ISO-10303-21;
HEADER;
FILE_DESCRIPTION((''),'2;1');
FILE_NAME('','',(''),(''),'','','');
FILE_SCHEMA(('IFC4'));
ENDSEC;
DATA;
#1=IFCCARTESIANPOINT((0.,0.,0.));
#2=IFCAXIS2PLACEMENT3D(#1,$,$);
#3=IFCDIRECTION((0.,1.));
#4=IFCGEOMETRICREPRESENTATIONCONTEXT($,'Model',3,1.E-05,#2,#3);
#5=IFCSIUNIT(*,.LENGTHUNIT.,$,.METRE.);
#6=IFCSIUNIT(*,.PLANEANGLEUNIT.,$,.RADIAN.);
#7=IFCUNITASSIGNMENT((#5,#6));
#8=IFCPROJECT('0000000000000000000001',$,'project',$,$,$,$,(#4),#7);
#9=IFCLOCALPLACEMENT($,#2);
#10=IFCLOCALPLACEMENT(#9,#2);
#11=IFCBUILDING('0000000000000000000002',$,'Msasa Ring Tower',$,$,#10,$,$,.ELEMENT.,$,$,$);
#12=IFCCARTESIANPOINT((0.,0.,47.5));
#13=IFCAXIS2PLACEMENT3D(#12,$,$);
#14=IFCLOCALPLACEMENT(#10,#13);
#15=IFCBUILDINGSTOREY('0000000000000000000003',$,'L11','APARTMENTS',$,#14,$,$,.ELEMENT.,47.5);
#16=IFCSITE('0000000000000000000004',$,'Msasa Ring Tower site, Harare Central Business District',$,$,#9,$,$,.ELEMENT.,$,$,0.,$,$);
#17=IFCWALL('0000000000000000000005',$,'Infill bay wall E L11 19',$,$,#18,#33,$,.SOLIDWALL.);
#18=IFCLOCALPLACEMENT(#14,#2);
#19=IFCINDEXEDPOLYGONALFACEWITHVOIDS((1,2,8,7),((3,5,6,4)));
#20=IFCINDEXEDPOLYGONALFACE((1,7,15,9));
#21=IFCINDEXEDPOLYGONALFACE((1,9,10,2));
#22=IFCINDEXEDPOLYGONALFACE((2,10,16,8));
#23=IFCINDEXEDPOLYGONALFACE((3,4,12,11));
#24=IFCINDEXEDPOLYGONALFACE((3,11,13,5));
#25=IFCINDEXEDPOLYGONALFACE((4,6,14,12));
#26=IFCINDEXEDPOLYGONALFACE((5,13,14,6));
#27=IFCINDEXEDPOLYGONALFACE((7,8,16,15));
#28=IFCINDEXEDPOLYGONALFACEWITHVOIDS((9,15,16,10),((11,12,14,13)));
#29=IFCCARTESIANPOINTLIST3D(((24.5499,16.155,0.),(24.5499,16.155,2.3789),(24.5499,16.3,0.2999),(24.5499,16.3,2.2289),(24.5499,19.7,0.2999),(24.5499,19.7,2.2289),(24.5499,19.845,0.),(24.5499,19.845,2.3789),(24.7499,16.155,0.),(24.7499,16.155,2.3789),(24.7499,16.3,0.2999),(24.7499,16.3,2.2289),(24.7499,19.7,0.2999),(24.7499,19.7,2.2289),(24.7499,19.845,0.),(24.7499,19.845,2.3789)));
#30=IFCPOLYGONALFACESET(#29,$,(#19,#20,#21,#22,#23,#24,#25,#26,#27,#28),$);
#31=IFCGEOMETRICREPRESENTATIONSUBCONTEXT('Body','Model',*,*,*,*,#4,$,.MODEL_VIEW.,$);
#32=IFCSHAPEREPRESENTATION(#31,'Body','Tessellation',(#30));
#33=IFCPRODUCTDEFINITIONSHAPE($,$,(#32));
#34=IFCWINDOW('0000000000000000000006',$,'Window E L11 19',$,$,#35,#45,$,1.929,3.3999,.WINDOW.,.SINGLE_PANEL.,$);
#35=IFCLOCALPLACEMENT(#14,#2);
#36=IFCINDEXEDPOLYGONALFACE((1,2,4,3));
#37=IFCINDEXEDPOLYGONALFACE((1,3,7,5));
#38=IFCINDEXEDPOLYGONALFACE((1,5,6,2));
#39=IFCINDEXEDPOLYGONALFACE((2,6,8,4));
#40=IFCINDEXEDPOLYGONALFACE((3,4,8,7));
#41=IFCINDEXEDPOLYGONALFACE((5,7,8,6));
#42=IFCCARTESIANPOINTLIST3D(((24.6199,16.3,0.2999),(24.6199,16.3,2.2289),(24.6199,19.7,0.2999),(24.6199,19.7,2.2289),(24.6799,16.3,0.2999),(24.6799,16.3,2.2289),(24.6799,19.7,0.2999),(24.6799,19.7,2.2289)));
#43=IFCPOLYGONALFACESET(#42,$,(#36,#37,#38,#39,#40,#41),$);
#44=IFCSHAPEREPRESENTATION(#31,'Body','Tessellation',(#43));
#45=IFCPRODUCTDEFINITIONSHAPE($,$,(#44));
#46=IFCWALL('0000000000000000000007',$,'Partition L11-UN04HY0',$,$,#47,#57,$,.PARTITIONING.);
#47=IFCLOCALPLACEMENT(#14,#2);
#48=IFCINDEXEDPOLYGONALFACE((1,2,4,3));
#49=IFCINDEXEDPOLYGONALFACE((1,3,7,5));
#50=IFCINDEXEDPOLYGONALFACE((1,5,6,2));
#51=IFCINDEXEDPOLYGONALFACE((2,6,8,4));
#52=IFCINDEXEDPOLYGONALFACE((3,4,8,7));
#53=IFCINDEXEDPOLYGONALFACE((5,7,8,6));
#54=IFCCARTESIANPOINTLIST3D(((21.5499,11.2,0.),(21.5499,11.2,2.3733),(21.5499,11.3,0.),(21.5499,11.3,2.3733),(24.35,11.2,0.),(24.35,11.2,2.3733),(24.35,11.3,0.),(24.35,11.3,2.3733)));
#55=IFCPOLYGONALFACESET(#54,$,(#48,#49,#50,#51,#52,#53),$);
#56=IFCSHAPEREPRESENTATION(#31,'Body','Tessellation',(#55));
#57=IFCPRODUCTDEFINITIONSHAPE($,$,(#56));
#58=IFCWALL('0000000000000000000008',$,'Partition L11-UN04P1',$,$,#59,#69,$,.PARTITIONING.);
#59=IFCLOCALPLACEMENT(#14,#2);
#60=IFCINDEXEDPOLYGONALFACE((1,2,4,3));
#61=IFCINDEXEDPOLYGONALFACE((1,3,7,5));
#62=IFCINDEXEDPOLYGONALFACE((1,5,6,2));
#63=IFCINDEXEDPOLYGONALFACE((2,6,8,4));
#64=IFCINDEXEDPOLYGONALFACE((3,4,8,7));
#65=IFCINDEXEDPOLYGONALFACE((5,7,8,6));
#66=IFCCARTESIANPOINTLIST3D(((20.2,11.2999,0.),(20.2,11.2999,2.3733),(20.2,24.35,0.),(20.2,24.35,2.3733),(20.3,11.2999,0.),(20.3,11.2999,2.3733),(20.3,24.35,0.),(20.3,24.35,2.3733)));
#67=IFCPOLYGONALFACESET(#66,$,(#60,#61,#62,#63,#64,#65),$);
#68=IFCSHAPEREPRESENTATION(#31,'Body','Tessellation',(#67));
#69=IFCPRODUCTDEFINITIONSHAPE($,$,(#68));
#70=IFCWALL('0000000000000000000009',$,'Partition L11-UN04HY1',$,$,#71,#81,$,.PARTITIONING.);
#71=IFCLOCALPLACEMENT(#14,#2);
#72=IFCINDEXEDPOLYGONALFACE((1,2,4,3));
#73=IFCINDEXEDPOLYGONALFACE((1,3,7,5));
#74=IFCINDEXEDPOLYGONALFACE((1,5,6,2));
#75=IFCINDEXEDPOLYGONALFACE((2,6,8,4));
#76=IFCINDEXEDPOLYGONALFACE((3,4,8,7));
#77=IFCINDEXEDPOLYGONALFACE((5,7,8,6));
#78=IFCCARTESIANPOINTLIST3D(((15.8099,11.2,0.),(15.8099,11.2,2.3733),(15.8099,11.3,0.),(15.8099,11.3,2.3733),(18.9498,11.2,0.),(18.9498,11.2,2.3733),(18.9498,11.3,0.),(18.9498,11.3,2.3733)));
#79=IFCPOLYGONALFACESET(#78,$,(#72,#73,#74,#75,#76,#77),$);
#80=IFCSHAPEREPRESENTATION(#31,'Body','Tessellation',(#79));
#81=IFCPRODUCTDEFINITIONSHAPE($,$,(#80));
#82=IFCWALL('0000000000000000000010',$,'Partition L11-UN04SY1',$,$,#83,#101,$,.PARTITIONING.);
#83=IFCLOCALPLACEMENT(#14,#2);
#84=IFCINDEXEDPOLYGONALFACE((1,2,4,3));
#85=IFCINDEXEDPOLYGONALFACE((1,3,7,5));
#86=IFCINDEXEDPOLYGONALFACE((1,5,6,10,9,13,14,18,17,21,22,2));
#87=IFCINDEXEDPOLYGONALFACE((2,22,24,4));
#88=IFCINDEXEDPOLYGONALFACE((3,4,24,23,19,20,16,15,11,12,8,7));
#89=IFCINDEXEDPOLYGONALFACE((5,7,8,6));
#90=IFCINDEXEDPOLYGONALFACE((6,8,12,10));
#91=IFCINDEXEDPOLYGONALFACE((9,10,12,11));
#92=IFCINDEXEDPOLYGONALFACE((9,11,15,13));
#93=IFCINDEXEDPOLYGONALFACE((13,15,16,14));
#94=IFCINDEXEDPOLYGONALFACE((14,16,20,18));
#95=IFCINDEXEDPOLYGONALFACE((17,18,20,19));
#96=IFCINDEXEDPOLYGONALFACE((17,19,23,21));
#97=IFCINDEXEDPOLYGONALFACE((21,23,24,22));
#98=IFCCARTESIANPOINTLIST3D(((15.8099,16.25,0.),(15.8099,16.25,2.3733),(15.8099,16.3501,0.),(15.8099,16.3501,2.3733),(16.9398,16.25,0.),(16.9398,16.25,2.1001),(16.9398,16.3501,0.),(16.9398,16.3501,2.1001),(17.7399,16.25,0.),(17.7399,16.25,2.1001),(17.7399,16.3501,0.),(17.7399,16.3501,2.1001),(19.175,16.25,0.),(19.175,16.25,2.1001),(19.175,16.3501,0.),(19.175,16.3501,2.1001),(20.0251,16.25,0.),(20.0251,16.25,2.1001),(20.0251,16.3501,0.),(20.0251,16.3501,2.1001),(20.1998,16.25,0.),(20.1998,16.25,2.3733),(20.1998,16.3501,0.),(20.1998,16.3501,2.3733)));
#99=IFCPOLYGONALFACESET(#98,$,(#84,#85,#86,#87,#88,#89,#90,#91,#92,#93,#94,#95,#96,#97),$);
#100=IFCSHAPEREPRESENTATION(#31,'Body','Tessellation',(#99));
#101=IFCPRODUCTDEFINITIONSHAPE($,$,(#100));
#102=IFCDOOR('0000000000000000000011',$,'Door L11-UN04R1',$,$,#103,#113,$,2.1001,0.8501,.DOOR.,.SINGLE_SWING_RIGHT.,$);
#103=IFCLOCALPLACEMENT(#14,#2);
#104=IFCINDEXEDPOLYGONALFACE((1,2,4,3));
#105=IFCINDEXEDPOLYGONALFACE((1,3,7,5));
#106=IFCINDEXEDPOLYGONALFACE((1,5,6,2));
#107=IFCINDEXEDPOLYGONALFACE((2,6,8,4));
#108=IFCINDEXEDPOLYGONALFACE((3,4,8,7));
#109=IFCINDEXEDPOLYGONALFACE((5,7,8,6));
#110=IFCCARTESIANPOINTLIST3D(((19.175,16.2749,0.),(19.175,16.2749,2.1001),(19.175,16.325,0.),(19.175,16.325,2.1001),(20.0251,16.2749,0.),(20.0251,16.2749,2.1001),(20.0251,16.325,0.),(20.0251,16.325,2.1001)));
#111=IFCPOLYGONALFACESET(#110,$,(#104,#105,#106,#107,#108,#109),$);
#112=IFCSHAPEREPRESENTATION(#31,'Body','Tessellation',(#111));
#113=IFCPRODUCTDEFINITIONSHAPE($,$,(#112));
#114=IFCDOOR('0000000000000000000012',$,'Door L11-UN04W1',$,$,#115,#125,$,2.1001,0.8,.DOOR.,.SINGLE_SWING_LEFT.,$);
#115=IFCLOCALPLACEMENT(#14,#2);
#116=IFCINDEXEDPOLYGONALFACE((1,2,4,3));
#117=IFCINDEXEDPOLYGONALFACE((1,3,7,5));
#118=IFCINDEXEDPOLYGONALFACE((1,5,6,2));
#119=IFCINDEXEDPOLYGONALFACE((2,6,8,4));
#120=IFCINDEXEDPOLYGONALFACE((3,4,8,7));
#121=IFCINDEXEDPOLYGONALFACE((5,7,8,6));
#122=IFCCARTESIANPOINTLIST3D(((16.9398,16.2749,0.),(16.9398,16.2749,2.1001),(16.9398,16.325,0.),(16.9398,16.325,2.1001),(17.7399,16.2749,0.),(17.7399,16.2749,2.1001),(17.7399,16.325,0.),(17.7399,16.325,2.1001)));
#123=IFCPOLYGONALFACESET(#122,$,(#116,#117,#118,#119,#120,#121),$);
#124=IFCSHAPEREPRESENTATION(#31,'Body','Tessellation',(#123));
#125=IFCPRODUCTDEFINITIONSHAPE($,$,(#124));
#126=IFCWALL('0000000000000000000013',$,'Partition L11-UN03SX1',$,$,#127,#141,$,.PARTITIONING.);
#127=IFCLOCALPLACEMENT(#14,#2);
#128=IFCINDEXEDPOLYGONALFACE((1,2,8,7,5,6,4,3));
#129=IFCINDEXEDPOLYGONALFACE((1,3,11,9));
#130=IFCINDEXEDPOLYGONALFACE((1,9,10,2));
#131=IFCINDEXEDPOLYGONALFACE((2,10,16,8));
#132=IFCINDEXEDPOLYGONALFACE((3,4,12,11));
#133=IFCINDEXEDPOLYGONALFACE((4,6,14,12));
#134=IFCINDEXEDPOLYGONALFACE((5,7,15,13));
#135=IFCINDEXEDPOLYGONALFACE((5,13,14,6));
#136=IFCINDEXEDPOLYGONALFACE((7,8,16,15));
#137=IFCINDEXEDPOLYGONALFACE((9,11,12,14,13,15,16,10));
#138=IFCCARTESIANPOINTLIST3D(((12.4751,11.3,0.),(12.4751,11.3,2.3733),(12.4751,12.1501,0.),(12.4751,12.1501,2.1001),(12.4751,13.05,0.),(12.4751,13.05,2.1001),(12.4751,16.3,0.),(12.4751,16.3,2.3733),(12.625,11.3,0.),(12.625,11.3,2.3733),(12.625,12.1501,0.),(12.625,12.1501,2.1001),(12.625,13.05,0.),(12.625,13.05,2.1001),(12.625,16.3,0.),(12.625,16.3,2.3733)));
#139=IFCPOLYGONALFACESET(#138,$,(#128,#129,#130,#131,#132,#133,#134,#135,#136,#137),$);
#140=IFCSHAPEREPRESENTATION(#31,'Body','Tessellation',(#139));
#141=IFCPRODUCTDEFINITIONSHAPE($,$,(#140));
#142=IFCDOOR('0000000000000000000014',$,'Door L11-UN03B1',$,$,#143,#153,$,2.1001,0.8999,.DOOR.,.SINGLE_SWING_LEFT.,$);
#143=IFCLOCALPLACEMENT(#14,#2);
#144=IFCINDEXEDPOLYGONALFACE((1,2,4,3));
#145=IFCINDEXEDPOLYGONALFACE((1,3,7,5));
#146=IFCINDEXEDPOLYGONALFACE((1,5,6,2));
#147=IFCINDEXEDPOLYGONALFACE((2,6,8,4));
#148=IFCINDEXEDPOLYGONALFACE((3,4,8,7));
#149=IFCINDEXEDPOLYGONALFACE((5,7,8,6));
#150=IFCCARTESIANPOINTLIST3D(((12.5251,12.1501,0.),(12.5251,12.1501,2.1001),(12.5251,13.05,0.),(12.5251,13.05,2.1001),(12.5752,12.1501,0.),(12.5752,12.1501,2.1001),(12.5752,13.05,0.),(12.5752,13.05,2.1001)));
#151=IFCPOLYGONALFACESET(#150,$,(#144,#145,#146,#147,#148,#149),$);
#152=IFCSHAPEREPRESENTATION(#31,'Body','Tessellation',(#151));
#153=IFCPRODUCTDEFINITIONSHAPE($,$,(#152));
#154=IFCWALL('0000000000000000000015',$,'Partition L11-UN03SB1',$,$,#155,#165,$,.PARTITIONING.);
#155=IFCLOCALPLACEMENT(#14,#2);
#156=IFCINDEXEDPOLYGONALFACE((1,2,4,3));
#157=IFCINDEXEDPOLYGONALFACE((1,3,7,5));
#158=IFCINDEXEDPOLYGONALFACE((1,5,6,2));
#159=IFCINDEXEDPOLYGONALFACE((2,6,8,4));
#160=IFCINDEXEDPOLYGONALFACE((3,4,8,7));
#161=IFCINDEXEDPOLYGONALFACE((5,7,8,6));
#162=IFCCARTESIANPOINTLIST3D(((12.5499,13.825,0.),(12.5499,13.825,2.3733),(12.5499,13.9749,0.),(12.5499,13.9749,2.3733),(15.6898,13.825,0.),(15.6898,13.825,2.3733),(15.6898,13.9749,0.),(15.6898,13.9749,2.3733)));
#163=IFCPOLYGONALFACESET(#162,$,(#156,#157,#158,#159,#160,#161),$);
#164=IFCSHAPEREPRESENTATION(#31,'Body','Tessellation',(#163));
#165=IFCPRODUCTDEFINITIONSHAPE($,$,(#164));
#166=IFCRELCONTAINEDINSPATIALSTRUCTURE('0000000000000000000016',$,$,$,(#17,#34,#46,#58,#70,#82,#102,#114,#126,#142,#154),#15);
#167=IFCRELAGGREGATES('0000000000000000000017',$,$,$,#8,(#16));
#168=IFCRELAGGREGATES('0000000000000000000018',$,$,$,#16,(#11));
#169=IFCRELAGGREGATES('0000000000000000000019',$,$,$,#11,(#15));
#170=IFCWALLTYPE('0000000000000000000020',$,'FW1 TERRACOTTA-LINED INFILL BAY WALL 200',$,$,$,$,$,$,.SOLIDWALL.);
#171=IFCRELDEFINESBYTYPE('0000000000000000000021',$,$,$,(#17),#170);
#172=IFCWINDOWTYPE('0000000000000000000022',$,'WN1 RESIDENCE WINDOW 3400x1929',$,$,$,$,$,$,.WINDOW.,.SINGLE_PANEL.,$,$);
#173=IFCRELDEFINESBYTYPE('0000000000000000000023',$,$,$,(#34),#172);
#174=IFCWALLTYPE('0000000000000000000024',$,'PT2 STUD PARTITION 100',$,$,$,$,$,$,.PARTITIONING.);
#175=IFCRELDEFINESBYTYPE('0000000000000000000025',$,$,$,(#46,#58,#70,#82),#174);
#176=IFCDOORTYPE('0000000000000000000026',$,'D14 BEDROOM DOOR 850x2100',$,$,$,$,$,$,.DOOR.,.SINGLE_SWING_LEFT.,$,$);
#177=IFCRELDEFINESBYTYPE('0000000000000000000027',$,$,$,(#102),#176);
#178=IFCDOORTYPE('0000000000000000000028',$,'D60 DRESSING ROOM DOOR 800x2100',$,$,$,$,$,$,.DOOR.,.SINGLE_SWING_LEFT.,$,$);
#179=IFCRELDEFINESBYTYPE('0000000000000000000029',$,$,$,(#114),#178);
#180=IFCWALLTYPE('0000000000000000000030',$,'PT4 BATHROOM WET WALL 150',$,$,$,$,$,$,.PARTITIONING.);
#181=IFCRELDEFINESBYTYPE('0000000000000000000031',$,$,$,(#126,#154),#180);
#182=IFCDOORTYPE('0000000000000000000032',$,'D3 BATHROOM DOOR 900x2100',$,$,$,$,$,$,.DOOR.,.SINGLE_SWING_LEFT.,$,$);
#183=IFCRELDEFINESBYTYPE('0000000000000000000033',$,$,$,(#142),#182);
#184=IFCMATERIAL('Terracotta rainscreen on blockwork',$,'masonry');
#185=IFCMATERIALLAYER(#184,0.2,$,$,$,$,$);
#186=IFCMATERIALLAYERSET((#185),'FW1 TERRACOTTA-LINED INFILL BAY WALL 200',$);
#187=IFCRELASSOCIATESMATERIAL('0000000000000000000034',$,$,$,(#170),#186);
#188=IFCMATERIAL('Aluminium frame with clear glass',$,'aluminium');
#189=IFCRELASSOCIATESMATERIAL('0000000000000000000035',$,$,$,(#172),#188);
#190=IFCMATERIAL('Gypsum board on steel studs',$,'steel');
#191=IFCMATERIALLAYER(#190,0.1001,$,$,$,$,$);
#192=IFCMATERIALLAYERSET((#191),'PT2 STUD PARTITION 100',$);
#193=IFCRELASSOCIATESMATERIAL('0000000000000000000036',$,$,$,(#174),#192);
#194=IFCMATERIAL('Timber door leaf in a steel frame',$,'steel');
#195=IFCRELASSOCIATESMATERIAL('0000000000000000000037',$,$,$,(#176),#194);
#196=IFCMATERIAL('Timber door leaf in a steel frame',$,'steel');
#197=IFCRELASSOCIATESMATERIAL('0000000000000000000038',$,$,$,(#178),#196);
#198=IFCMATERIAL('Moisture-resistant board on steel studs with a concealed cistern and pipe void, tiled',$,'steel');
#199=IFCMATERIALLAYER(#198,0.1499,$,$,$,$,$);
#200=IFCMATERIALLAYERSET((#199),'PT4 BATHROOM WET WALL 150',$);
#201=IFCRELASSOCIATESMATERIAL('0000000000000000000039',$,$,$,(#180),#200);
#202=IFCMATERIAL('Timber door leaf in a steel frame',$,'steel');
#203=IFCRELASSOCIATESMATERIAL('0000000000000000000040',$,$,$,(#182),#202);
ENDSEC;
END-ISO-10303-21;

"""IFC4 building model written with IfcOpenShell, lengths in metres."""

from ifc_helpers import new_model, si_unit, direction, frame, frame_2d, origin, place, context, subcontext, project, spatial, rectangle, extrude, material, layer, layer_set, type_object, element, fill, save


model = new_model("IFC4")

# Units and contexts
model_context = context("Model", 3, precision=1e-05, world=origin(), true_north=direction((0.0, 1.0)))
body_context = subcontext(model_context, "Body", "Model", "MODEL_VIEW")
ifc_project = project(units=[si_unit("LENGTHUNIT", "METRE"), si_unit("PLANEANGLEUNIT", "RADIAN")], contexts=[model_context])

# Site, building, storey
site_placement = place(None, origin())
site = spatial("IfcSite", under=ifc_project, at=site_placement, Name="Msasa Ring Tower site, Harare Central Business District", CompositionType="ELEMENT", RefElevation=0.0)
building_placement = place(site_placement, origin())
building = spatial("IfcBuilding", under=site, at=building_placement, Name="Msasa Ring Tower", CompositionType="ELEMENT")
storey_placement = place(building_placement, frame((0.0, 0.0, 47.5)))
storey = spatial("IfcBuildingStorey", under=building, at=storey_placement, Name="L11", Description="APARTMENTS", CompositionType="ELEMENT", Elevation=47.5)

# Wall, opening, window
ifc_material_1 = material(Name="Terracotta rainscreen on blockwork", Category="masonry")
ifc_layer_1 = layer(ifc_material_1, 0.2)
ifc_layer_set_1 = layer_set([ifc_layer_1], Name="FW1 TERRACOTTA-LINED INFILL BAY WALL 200")
wall_type_1 = type_object("IfcWallType", Name="FW1 TERRACOTTA-LINED INFILL BAY WALL 200", PredefinedType="SOLIDWALL", material=ifc_layer_set_1)
ifc_material_2 = material(Name="Aluminium frame with clear glass", Category="aluminium")
window_type = type_object("IfcWindowType", Name="WN1 RESIDENCE WINDOW 3400x1929", PartitioningType="SINGLE_PANEL", PredefinedType="WINDOW", material=ifc_material_2)
wall_1_placement = place(storey_placement, frame((24.6499, 16.155, 0.0), z_axis=(0.0, 0.0, 1.0), x_axis=(0.0, 1.0, 0.0)))
wall_1 = element("IfcWall", 1, at=wall_1_placement, inside=storey, type_object=wall_type_1, Name="Infill bay wall E L11 19", PredefinedType="SOLIDWALL", context=body_context, shape_type="SweptSolid", body=[
    extrude(rectangle(XDim=3.6899, YDim=0.2, at=frame_2d((1.845, 0.0))), origin(), (0.0, 0.0, 1.0), 2.3789),
])
opening_1_placement = place(wall_1_placement, frame((0.145, 0.0, 0.3)))
opening_1 = element("IfcOpeningElement", 2, at=opening_1_placement, cuts=wall_1, PredefinedType="OPENING", context=body_context, shape_type="SweptSolid", body=[
    extrude(rectangle(XDim=3.3999, YDim=1.929, at=frame_2d((1.7, 0.9644))), frame((0.0, 0.1099, 0.0), z_axis=(0.0, -1.0, 0.0), x_axis=(1.0, 0.0, 0.0)), (0.0, 0.0, 1.0), 0.22),
])
window_1_placement = place(opening_1_placement, origin())
window_1 = element("IfcWindow", 3, at=window_1_placement, inside=storey, type_object=window_type, Name="Window E L11 19", OverallHeight=1.929, OverallWidth=3.3999, PartitioningType="SINGLE_PANEL", PredefinedType="WINDOW", context=body_context, shape_type="SweptSolid", body=[
    extrude(rectangle(XDim=3.3999, YDim=1.929, at=frame_2d((1.7, 0.9644))), frame((0.0, 0.03, 0.0), z_axis=(0.0, -1.0, 0.0), x_axis=(1.0, 0.0, 0.0)), (0.0, 0.0, 1.0), 0.0601),
])
fill(opening_1, window_1)

# Walls
ifc_material_3 = material(Name="Gypsum board on steel studs", Category="steel")
ifc_layer_2 = layer(ifc_material_3, 0.1001)
ifc_layer_set_2 = layer_set([ifc_layer_2], Name="PT2 STUD PARTITION 100")
wall_type_2 = type_object("IfcWallType", Name="PT2 STUD PARTITION 100", PredefinedType="PARTITIONING", material=ifc_layer_set_2)
wall_2_placement = place(storey_placement, frame((21.55, 11.25, 0.0), z_axis=(0.0, 0.0, 1.0), x_axis=(1.0, 0.0, 0.0)))
element("IfcWall", 4, at=wall_2_placement, inside=storey, type_object=wall_type_2, Name="Partition L11-UN04HY0", PredefinedType="PARTITIONING", context=body_context, shape_type="SweptSolid", body=[
    extrude(rectangle(XDim=2.8, YDim=0.1001, at=frame_2d((1.3999, 0.0))), origin(), (0.0, 0.0, 1.0), 2.3733),
])
wall_3_placement = place(storey_placement, frame((20.25, 11.3, 0.0), z_axis=(0.0, 0.0, 1.0), x_axis=(0.0, 1.0, 0.0)))
element("IfcWall", 5, at=wall_3_placement, inside=storey, type_object=wall_type_2, Name="Partition L11-UN04P1", PredefinedType="PARTITIONING", context=body_context, shape_type="SweptSolid", body=[
    extrude(rectangle(XDim=13.05, YDim=0.1001, at=frame_2d((6.5249, 0.0))), origin(), (0.0, 0.0, 1.0), 2.3733),
])
wall_4_placement = place(storey_placement, frame((15.8101, 11.25, 0.0), z_axis=(0.0, 0.0, 1.0), x_axis=(1.0, 0.0, 0.0)))
element("IfcWall", 6, at=wall_4_placement, inside=storey, type_object=wall_type_2, Name="Partition L11-UN04HY1", PredefinedType="PARTITIONING", context=body_context, shape_type="SweptSolid", body=[
    extrude(rectangle(XDim=3.1399, YDim=0.1001, at=frame_2d((1.5698, 0.0))), origin(), (0.0, 0.0, 1.0), 2.3733),
])

# Wall, openings, doors
wall_5_placement = place(storey_placement, frame((15.8101, 16.3, 0.0), z_axis=(0.0, 0.0, 1.0), x_axis=(1.0, 0.0, 0.0)))
wall_5 = element("IfcWall", 7, at=wall_5_placement, inside=storey, type_object=wall_type_2, Name="Partition L11-UN04SY1", PredefinedType="PARTITIONING", context=body_context, shape_type="SweptSolid", body=[
    extrude(rectangle(XDim=4.3899, YDim=0.1001, at=frame_2d((2.1948, 0.0))), origin(), (0.0, 0.0, 1.0), 2.3733),
])
opening_2_placement = place(wall_5_placement, frame((3.365, 0.0, 0.0)))
opening_2 = element("IfcOpeningElement", 8, at=opening_2_placement, cuts=wall_5, PredefinedType="OPENING", context=body_context, shape_type="SweptSolid", body=[
    extrude(rectangle(XDim=0.8501, YDim=2.1001, at=frame_2d((0.425, 1.05))), frame((0.0, 0.0601, 0.0), z_axis=(0.0, -1.0, 0.0), x_axis=(1.0, 0.0, 0.0)), (0.0, 0.0, 1.0), 0.1201),
])
opening_3_placement = place(wall_5_placement, frame((1.1299, 0.0, 0.0)))
opening_3 = element("IfcOpeningElement", 9, at=opening_3_placement, cuts=wall_5, PredefinedType="OPENING", context=body_context, shape_type="SweptSolid", body=[
    extrude(rectangle(XDim=0.8, YDim=2.1001, at=frame_2d((0.3999, 1.05))), frame((0.0, 0.0601, 0.0), z_axis=(0.0, -1.0, 0.0), x_axis=(1.0, 0.0, 0.0)), (0.0, 0.0, 1.0), 0.1201),
])
ifc_material_4 = material(Name="Timber door leaf in a steel frame", Category="steel")
door_type_1 = type_object("IfcDoorType", Name="D14 BEDROOM DOOR 850x2100", OperationType="SINGLE_SWING_LEFT", PredefinedType="DOOR", material=ifc_material_4)
door_1_placement = place(opening_2_placement, origin())
door_1 = element("IfcDoor", 10, at=door_1_placement, inside=storey, type_object=door_type_1, Name="Door L11-UN04R1", OperationType="SINGLE_SWING_RIGHT", OverallHeight=2.1001, OverallWidth=0.8501, PredefinedType="DOOR", context=body_context, shape_type="SweptSolid", body=[
    extrude(rectangle(XDim=0.8501, YDim=2.1001, at=frame_2d((0.425, 1.05))), frame((0.0, 0.0249, 0.0), z_axis=(0.0, -1.0, 0.0), x_axis=(1.0, 0.0, 0.0)), (0.0, 0.0, 1.0), 0.05),
])
fill(opening_2, door_1)
ifc_material_5 = material(Name="Timber door leaf in a steel frame", Category="steel")
door_type_2 = type_object("IfcDoorType", Name="D60 DRESSING ROOM DOOR 800x2100", OperationType="SINGLE_SWING_LEFT", PredefinedType="DOOR", material=ifc_material_5)
door_2_placement = place(opening_3_placement, origin())
door_2 = element("IfcDoor", 11, at=door_2_placement, inside=storey, type_object=door_type_2, Name="Door L11-UN04W1", OperationType="SINGLE_SWING_LEFT", OverallHeight=2.1001, OverallWidth=0.8, PredefinedType="DOOR", context=body_context, shape_type="SweptSolid", body=[
    extrude(rectangle(XDim=0.8, YDim=2.1001, at=frame_2d((0.3999, 1.05))), frame((0.0, 0.0249, 0.0), z_axis=(0.0, -1.0, 0.0), x_axis=(1.0, 0.0, 0.0)), (0.0, 0.0, 1.0), 0.05),
])
fill(opening_3, door_2)

# Wall, opening, door
ifc_material_6 = material(Name="Moisture-resistant board on steel studs with a concealed cistern and pipe void, tiled", Category="steel")
ifc_layer_3 = layer(ifc_material_6, 0.1499)
ifc_layer_set_3 = layer_set([ifc_layer_3], Name="PT4 BATHROOM WET WALL 150")
wall_type_3 = type_object("IfcWallType", Name="PT4 BATHROOM WET WALL 150", PredefinedType="PARTITIONING", material=ifc_layer_set_3)
wall_6_placement = place(storey_placement, frame((12.55, 11.3, 0.0), z_axis=(0.0, 0.0, 1.0), x_axis=(0.0, 1.0, 0.0)))
wall_6 = element("IfcWall", 12, at=wall_6_placement, inside=storey, type_object=wall_type_3, Name="Partition L11-UN03SX1", PredefinedType="PARTITIONING", context=body_context, shape_type="SweptSolid", body=[
    extrude(rectangle(XDim=5.0, YDim=0.1499, at=frame_2d((2.5, 0.0))), origin(), (0.0, 0.0, 1.0), 2.3733),
])
opening_4_placement = place(wall_6_placement, frame((0.8501, 0.0, 0.0)))
opening_4 = element("IfcOpeningElement", 13, at=opening_4_placement, cuts=wall_6, PredefinedType="OPENING", context=body_context, shape_type="SweptSolid", body=[
    extrude(rectangle(XDim=0.8999, YDim=2.1001, at=frame_2d((0.45, 1.05))), frame((0.0, 0.085, 0.0), z_axis=(0.0, -1.0, 0.0), x_axis=(1.0, 0.0, 0.0)), (0.0, 0.0, 1.0), 0.1699),
])
ifc_material_7 = material(Name="Timber door leaf in a steel frame", Category="steel")
door_type_3 = type_object("IfcDoorType", Name="D3 BATHROOM DOOR 900x2100", OperationType="SINGLE_SWING_LEFT", PredefinedType="DOOR", material=ifc_material_7)
door_3_placement = place(opening_4_placement, origin())
door_3 = element("IfcDoor", 14, at=door_3_placement, inside=storey, type_object=door_type_3, Name="Door L11-UN03B1", OperationType="SINGLE_SWING_LEFT", OverallHeight=2.1001, OverallWidth=0.8999, PredefinedType="DOOR", context=body_context, shape_type="SweptSolid", body=[
    extrude(rectangle(XDim=0.8999, YDim=2.1001, at=frame_2d((0.45, 1.05))), frame((0.0, 0.0249, 0.0), z_axis=(0.0, -1.0, 0.0), x_axis=(1.0, 0.0, 0.0)), (0.0, 0.0, 1.0), 0.05),
])
fill(opening_4, door_3)

# Wall
wall_7_placement = place(storey_placement, frame((12.55, 13.8999, 0.0), z_axis=(0.0, 0.0, 1.0), x_axis=(1.0, 0.0, 0.0)))
element("IfcWall", 15, at=wall_7_placement, inside=storey, type_object=wall_type_3, Name="Partition L11-UN03SB1", PredefinedType="PARTITIONING", context=body_context, shape_type="SweptSolid", body=[
    extrude(rectangle(XDim=3.1399, YDim=0.1499, at=frame_2d((1.5698, 0.0))), origin(), (0.0, 0.0, 1.0), 2.3733),
])

save(model, "model.ifc")
